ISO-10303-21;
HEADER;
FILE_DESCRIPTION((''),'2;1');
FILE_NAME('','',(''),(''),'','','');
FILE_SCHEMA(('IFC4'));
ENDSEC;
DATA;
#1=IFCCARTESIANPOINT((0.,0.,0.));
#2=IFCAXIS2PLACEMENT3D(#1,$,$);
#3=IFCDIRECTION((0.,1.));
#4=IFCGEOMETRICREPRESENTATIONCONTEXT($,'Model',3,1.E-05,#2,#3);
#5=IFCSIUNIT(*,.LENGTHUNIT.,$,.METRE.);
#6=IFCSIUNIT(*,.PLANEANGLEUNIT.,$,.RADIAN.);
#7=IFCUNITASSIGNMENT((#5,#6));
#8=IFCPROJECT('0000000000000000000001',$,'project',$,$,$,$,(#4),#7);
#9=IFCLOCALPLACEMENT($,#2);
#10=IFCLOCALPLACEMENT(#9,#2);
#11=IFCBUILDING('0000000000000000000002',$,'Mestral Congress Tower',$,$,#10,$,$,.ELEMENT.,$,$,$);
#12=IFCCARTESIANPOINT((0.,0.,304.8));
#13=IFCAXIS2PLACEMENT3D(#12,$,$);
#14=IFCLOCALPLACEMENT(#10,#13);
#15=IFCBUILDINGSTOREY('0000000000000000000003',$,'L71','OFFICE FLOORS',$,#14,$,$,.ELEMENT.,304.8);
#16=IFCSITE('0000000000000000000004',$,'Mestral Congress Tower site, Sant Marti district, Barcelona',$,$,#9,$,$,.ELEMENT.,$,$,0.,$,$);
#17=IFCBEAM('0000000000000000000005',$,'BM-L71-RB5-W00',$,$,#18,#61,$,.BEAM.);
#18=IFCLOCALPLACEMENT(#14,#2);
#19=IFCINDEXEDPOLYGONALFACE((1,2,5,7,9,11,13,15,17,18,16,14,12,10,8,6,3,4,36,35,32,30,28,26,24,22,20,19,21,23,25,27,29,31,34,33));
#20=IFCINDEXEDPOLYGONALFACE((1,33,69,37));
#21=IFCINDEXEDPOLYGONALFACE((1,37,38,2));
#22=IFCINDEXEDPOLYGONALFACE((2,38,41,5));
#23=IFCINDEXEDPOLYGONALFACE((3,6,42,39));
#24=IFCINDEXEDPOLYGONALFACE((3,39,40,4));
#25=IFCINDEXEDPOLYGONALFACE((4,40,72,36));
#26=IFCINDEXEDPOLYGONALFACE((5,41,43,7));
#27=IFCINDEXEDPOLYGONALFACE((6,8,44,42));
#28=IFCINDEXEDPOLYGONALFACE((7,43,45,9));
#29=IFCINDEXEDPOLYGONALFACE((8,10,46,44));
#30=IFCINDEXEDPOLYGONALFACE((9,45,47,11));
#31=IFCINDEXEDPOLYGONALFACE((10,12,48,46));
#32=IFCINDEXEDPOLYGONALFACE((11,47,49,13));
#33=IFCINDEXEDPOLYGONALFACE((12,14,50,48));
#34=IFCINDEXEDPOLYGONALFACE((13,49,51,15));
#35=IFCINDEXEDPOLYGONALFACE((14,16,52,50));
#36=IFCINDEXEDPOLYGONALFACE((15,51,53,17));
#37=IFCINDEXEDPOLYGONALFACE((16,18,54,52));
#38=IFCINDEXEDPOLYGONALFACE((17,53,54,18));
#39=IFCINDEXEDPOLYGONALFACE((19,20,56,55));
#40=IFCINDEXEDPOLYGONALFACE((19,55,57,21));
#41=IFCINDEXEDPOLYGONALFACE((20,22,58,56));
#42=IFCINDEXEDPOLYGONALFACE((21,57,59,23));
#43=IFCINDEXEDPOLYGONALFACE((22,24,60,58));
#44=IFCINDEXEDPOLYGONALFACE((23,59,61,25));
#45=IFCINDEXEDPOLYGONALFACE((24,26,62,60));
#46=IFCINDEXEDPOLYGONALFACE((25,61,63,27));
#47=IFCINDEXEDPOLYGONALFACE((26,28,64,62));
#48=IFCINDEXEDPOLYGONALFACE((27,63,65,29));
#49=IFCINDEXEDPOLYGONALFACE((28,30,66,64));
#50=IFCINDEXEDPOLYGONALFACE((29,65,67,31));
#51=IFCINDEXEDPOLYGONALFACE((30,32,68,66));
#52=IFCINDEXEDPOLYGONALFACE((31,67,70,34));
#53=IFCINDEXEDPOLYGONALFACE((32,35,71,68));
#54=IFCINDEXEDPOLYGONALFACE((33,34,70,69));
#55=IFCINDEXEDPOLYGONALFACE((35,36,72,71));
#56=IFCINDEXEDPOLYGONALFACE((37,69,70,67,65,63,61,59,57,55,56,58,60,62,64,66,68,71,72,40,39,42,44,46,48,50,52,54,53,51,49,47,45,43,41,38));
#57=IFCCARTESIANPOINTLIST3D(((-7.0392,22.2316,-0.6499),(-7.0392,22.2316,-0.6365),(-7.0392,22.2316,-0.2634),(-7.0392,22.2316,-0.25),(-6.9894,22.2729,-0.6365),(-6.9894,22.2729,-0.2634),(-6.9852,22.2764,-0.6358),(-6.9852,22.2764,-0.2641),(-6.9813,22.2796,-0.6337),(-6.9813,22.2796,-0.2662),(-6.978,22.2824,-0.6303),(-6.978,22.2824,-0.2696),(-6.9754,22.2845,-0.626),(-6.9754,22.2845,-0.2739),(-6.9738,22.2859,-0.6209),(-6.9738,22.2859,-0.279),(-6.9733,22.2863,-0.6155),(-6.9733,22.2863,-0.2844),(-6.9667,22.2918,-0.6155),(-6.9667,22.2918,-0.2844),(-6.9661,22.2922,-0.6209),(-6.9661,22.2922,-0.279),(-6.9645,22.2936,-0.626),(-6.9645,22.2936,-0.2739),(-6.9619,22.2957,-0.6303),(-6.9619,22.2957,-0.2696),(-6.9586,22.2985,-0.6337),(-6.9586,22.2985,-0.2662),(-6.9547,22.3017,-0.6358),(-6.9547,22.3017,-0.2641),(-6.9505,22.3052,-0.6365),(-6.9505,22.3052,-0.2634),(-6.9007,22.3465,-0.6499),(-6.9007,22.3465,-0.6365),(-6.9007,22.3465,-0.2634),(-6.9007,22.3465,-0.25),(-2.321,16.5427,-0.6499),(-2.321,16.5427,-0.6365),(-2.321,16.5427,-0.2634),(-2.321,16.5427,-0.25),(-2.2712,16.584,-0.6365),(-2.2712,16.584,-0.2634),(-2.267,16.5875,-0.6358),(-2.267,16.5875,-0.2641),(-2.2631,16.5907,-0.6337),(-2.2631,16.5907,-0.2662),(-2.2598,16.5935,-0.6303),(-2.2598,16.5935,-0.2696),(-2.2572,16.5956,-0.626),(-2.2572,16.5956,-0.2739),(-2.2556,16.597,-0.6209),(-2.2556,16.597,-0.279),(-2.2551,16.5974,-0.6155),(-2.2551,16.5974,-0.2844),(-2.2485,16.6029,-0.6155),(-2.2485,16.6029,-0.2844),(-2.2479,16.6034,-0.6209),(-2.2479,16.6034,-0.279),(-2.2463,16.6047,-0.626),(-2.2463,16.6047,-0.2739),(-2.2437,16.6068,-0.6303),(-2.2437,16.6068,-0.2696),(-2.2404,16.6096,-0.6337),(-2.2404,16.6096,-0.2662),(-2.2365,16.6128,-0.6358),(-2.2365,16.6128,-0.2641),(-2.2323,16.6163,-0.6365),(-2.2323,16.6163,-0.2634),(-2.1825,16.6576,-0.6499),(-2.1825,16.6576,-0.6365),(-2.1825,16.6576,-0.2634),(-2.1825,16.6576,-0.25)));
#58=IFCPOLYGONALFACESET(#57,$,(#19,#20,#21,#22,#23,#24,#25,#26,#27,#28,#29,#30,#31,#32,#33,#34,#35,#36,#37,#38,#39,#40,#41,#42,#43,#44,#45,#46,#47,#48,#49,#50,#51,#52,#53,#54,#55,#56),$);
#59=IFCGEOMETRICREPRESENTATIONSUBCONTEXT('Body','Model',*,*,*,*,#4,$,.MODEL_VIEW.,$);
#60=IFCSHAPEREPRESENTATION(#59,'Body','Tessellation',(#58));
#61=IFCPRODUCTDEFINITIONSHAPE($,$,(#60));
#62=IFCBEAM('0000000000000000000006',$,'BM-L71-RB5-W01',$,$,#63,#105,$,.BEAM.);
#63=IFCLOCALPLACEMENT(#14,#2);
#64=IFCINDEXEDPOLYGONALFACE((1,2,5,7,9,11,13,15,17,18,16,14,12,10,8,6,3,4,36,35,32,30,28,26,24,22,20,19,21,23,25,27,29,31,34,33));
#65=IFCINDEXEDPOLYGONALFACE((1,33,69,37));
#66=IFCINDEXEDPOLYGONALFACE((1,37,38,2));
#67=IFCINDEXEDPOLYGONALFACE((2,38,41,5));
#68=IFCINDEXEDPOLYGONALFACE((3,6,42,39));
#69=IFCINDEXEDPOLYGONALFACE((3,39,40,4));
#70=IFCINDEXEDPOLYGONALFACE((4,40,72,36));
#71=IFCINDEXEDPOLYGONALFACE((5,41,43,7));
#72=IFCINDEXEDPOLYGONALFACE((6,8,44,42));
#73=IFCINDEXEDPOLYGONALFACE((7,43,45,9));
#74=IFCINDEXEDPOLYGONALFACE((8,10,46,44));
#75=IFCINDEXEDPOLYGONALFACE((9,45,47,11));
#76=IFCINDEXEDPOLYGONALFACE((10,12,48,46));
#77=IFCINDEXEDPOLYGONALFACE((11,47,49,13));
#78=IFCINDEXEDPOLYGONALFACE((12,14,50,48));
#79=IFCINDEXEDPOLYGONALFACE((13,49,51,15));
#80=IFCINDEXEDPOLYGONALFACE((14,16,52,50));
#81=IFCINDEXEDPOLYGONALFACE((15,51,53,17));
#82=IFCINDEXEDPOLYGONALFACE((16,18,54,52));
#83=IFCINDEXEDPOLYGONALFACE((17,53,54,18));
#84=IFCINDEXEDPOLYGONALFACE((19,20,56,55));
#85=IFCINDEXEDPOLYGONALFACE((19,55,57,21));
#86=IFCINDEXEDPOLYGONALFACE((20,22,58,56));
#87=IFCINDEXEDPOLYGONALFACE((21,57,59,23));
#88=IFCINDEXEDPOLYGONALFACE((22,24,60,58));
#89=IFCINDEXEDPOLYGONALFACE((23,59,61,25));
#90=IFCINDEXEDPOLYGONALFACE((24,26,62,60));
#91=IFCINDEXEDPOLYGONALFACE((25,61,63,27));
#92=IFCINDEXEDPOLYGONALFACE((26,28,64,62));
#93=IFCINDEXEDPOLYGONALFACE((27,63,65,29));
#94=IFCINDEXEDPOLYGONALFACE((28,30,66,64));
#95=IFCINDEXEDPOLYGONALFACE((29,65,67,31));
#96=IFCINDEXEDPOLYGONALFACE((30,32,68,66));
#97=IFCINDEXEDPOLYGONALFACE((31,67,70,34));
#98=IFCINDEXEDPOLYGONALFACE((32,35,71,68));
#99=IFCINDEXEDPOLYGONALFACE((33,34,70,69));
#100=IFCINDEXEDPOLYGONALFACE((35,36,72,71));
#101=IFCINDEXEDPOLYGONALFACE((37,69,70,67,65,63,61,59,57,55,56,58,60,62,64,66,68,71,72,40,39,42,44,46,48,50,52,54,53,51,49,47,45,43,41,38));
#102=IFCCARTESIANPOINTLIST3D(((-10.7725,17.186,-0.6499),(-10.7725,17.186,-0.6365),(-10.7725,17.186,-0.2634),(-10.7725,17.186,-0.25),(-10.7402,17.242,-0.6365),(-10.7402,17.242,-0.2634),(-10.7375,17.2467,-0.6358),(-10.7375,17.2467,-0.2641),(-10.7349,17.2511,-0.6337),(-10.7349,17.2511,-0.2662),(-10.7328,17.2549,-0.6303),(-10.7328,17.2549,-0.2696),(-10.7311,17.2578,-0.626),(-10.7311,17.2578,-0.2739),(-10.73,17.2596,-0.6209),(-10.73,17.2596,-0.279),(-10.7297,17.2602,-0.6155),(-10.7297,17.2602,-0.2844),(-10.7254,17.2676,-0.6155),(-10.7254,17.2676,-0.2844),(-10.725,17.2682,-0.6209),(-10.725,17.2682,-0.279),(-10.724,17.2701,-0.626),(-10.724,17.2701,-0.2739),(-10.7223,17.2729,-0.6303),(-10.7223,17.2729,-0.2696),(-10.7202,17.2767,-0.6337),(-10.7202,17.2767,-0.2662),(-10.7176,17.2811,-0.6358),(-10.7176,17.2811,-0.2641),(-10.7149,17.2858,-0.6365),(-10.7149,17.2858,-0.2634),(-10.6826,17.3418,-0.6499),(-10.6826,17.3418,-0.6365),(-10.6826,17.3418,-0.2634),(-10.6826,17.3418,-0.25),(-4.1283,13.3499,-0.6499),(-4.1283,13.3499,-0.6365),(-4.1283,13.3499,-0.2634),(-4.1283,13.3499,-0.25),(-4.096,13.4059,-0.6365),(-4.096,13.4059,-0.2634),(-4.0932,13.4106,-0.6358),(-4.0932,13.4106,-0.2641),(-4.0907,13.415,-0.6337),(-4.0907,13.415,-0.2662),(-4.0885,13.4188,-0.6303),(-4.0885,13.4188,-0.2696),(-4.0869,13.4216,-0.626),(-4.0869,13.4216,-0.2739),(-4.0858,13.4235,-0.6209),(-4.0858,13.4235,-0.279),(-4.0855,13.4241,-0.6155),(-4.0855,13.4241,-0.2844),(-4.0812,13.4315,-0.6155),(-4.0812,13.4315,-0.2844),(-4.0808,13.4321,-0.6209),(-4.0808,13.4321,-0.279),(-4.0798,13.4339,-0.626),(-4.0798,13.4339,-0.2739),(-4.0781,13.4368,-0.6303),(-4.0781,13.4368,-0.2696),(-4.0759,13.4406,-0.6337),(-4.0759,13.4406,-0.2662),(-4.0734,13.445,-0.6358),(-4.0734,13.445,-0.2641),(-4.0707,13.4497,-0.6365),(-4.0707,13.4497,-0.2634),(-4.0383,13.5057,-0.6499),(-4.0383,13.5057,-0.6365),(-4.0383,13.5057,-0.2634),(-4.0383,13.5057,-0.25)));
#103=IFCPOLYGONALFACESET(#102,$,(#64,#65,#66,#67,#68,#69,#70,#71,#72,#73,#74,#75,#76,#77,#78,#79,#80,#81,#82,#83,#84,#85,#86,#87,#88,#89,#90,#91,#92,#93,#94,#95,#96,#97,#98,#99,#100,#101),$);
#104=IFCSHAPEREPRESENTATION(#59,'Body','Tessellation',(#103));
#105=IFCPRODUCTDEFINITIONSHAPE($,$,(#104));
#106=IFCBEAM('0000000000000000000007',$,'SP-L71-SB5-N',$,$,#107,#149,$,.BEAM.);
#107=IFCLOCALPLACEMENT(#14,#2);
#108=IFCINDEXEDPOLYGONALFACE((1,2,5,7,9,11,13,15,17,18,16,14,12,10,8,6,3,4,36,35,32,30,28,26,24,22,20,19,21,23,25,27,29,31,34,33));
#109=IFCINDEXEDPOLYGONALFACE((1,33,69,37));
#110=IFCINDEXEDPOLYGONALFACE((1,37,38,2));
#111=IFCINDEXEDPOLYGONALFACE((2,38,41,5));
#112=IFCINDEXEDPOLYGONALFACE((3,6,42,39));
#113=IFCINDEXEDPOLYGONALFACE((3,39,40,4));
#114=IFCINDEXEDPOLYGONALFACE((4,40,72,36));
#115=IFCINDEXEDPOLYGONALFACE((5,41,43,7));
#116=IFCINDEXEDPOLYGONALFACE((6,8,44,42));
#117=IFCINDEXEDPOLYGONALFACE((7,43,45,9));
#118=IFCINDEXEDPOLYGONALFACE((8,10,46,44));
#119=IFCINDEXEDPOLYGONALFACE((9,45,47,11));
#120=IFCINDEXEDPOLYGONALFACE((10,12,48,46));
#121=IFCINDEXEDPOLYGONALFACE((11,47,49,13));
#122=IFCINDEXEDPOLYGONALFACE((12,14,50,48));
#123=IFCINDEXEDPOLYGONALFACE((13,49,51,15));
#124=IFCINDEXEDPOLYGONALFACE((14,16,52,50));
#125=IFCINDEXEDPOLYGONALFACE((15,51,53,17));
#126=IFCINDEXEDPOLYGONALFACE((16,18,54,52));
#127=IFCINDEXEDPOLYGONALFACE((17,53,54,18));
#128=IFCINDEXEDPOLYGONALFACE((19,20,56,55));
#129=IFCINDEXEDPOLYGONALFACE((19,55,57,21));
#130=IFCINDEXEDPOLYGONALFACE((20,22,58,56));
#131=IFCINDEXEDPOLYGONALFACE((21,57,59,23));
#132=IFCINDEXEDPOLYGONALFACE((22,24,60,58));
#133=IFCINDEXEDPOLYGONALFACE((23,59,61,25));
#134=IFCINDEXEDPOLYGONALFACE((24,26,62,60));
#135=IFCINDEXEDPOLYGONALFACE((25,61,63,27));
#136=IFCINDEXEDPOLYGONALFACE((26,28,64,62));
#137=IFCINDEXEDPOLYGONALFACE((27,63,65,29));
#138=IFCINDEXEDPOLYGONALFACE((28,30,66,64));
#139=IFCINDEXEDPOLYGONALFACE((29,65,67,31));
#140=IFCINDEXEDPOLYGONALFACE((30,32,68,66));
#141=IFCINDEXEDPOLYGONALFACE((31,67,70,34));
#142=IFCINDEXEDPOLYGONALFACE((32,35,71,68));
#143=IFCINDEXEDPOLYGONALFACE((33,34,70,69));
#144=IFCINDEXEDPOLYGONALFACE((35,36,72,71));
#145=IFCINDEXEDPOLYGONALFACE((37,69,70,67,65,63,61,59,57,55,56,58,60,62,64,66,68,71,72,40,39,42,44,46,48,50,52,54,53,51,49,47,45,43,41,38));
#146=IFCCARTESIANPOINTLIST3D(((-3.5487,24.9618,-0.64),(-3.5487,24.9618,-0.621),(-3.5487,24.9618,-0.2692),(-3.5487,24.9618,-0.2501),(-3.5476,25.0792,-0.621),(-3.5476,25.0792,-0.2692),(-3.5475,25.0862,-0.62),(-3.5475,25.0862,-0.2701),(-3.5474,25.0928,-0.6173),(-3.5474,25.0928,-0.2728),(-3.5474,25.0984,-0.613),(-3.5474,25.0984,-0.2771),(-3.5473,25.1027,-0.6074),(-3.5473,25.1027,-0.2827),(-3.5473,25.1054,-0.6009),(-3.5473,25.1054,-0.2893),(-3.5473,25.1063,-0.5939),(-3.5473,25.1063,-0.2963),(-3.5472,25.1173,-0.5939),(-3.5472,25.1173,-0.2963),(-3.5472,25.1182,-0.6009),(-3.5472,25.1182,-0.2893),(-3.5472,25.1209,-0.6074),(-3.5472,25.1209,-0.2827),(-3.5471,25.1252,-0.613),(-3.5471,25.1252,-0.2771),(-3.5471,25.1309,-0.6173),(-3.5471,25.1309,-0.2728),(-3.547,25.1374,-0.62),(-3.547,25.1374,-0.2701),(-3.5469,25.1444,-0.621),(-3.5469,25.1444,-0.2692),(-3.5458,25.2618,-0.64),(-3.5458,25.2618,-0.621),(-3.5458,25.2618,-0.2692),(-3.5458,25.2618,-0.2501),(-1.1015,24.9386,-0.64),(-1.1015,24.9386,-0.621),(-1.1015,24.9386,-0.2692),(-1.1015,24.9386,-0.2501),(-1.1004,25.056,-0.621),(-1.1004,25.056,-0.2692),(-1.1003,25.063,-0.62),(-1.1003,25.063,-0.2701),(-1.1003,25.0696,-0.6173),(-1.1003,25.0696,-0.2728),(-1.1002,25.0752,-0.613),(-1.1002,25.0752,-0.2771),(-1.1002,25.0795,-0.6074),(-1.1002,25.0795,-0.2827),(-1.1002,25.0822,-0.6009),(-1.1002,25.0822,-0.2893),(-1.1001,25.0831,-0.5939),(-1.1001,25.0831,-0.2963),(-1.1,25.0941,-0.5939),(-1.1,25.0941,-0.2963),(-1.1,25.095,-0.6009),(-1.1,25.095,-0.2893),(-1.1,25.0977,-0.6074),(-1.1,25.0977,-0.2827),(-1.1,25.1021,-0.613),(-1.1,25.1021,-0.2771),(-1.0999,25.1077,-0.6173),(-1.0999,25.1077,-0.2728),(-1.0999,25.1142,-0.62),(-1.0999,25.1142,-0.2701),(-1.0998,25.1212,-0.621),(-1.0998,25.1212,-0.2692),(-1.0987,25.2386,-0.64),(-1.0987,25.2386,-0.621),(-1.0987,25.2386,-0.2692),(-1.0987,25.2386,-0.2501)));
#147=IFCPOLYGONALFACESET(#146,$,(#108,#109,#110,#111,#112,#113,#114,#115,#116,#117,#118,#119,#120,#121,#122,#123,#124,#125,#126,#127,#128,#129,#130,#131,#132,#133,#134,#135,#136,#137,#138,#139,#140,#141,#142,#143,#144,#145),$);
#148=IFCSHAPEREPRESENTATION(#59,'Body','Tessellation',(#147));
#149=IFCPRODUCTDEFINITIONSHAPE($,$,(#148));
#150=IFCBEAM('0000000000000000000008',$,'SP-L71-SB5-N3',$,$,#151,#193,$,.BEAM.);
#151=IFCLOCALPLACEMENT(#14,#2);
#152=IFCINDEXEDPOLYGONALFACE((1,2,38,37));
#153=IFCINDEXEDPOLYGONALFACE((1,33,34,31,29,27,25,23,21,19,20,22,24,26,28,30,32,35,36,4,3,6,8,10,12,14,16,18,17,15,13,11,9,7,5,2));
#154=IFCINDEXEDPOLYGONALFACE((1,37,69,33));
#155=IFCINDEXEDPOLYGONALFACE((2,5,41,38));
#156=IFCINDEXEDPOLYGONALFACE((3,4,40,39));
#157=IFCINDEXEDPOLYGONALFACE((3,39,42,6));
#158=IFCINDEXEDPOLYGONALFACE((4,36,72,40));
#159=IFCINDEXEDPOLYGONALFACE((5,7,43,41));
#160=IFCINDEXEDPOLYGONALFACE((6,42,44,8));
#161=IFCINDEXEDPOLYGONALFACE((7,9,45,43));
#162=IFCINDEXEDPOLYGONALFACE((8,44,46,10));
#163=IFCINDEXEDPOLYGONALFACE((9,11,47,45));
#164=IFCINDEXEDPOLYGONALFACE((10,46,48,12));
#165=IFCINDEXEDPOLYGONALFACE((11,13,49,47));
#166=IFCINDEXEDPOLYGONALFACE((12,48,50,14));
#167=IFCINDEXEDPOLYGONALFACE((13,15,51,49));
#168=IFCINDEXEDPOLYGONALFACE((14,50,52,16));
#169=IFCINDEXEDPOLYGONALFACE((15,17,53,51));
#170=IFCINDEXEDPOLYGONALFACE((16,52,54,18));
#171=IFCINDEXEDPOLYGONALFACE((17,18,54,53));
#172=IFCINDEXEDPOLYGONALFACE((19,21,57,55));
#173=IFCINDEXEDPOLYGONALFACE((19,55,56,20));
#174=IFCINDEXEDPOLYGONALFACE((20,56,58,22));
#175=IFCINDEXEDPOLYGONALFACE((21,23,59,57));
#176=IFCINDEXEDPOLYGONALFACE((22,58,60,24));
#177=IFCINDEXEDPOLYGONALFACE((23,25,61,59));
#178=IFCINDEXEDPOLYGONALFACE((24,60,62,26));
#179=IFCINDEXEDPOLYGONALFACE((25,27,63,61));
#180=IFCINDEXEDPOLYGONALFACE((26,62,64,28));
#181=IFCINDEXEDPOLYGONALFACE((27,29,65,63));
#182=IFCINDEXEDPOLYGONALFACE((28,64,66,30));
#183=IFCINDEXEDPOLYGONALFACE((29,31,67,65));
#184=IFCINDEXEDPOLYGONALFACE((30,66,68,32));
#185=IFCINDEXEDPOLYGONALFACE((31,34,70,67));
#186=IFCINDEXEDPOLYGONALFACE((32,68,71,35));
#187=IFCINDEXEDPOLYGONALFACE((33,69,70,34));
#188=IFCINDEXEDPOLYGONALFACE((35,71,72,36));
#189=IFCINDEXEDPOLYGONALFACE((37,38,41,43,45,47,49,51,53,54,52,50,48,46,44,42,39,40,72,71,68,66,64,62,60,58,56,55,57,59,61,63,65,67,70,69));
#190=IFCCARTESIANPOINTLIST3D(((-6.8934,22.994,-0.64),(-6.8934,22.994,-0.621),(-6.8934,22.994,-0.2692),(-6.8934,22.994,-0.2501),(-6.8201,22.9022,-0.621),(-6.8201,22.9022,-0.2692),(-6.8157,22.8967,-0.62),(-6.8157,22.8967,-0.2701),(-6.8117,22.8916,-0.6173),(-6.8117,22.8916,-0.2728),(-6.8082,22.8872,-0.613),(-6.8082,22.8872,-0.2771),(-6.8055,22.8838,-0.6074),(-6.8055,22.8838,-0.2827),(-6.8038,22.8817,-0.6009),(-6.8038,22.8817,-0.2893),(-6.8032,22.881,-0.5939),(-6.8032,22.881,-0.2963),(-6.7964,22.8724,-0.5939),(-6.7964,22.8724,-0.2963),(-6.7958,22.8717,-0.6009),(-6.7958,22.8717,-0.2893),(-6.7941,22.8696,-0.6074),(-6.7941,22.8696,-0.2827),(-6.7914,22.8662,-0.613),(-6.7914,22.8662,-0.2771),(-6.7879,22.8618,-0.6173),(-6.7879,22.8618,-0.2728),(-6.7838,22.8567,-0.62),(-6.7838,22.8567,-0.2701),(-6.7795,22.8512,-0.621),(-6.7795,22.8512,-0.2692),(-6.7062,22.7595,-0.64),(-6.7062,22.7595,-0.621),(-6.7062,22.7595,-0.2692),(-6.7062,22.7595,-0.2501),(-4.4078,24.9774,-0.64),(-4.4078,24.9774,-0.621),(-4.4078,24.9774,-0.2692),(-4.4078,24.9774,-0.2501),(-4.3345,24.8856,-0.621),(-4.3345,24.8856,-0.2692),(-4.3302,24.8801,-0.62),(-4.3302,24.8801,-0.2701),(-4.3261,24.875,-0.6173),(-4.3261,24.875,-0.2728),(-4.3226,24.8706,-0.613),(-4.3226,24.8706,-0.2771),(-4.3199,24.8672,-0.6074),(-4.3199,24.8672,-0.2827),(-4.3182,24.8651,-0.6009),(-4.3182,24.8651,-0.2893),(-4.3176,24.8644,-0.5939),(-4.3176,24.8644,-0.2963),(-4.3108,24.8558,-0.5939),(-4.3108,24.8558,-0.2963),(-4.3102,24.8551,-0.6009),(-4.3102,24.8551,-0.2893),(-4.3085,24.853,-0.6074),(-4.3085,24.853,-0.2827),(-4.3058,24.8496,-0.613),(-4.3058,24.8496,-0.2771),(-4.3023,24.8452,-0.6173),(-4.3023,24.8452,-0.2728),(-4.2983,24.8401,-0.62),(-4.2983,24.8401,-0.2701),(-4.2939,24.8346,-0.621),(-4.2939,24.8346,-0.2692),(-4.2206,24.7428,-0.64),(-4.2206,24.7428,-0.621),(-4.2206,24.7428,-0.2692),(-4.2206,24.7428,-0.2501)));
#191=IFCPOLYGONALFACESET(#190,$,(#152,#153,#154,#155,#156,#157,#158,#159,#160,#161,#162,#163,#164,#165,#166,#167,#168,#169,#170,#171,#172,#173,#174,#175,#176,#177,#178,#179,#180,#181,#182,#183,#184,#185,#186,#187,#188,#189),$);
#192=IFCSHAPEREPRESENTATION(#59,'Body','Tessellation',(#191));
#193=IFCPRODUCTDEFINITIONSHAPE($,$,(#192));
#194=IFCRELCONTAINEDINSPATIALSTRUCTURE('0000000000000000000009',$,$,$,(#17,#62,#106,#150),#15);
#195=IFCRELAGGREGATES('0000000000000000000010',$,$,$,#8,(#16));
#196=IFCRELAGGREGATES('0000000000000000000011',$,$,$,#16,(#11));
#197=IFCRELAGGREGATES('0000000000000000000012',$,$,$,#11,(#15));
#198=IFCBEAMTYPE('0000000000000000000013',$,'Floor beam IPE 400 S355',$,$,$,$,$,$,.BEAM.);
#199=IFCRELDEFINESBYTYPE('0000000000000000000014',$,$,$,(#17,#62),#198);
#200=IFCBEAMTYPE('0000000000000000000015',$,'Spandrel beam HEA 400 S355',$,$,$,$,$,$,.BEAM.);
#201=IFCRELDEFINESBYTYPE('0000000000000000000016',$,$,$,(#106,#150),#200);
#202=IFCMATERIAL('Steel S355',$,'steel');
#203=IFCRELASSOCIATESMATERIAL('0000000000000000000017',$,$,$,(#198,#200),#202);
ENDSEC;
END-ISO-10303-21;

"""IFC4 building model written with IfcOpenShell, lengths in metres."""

from ifc_helpers import new_model, si_unit, direction, frame, origin, origin_2d, place, context, subcontext, project, spatial, i_section, extrude, material, material_profile, profile_set, type_object, element, save


model = new_model("IFC4")

# Units and contexts
model_context = context("Model", 3, precision=1e-05, world=origin(), true_north=direction((0.0, 1.0)))
body_context = subcontext(model_context, "Body", "Model", "MODEL_VIEW")
ifc_project = project(units=[si_unit("LENGTHUNIT", "METRE"), si_unit("PLANEANGLEUNIT", "RADIAN")], contexts=[model_context])

# Site, building, storey
site_placement = place(None, origin())
site = spatial("IfcSite", under=ifc_project, at=site_placement, Name="Mestral Congress Tower site, Sant Marti district, Barcelona", CompositionType="ELEMENT", RefElevation=0.0)
building_placement = place(site_placement, origin())
building = spatial("IfcBuilding", under=site, at=building_placement, Name="Mestral Congress Tower", CompositionType="ELEMENT")
storey_placement = place(building_placement, frame((0.0, 0.0, 304.8)))
storey = spatial("IfcBuildingStorey", under=building, at=storey_placement, Name="L71", Description="OFFICE FLOORS", CompositionType="ELEMENT", Elevation=304.8)

# Beams
ifc_material_1 = material(Name="Steel S355", Category="steel")
ifc_material_profile_1 = material_profile(ifc_material_1, i_section(OverallWidth=0.1799, OverallDepth=0.3999, WebThickness=0.0085, FlangeThickness=0.0134, FilletRadius=0.021, at=origin_2d()), Name="IPE 400")
ifc_profile_set_1 = profile_set([ifc_material_profile_1], Name="Steel S355")
beam_type_1 = type_object("IfcBeamType", Name="Floor beam IPE 400 S355", PredefinedType="BEAM", material=ifc_profile_set_1)
beam_1_placement = place(storey_placement, frame((-6.97, 22.2891, -0.45), z_axis=(0.638383, -0.769719, 0.0), x_axis=(0.769719, 0.638383, 0.0)))
element("IfcBeam", 1, at=beam_1_placement, inside=storey, type_object=beam_type_1, Name="BM-L71-RB5-W00", PredefinedType="BEAM", context=body_context, shape_type="SweptSolid", body=[
    extrude(i_section(OverallWidth=0.1799, OverallDepth=0.3999, WebThickness=0.0085, FlangeThickness=0.0134, FilletRadius=0.021, at=origin_2d()), origin(), (0.0, 0.0, 1.0), 7.3909),
])
beam_2_placement = place(storey_placement, frame((-10.7275, 17.2639, -0.45), z_axis=(0.86602, -0.50001, 0.0), x_axis=(0.50001, 0.86602, 0.0)))
element("IfcBeam", 2, at=beam_2_placement, inside=storey, type_object=beam_type_1, Name="BM-L71-RB5-W01", PredefinedType="BEAM", context=body_context, shape_type="SweptSolid", body=[
    extrude(i_section(OverallWidth=0.1799, OverallDepth=0.3999, WebThickness=0.0085, FlangeThickness=0.0134, FilletRadius=0.021, at=origin_2d()), origin(), (0.0, 0.0, 1.0), 7.6721),
])
ifc_material_profile_2 = material_profile(ifc_material_1, i_section(OverallWidth=0.3, OverallDepth=0.3899, WebThickness=0.011, FlangeThickness=0.019, FilletRadius=0.0271, at=origin_2d()), Name="HEA 400")
ifc_profile_set_2 = profile_set([ifc_material_profile_2], Name="Steel S355")
beam_type_2 = type_object("IfcBeamType", Name="Spandrel beam HEA 400 S355", PredefinedType="BEAM", material=ifc_profile_set_2)
beam_3_placement = place(storey_placement, frame((-1.1001, 25.0886, -0.4451), z_axis=(-0.999955, 0.009477, 0.0), x_axis=(-0.009477, -0.999955, 0.0)))
element("IfcBeam", 3, at=beam_3_placement, inside=storey, type_object=beam_type_2, Name="SP-L71-SB5-N", PredefinedType="BEAM", context=body_context, shape_type="SweptSolid", body=[
    extrude(i_section(OverallWidth=0.3, OverallDepth=0.3899, WebThickness=0.011, FlangeThickness=0.019, FilletRadius=0.0271, at=origin_2d()), origin(), (0.0, 0.0, 1.0), 2.4473),
])
beam_4_placement = place(storey_placement, frame((-4.3142, 24.8601, -0.4451), z_axis=(-0.781647, -0.623721, 0.0), x_axis=(0.623721, -0.781647, 0.0)))
element("IfcBeam", 4, at=beam_4_placement, inside=storey, type_object=beam_type_2, Name="SP-L71-SB5-N3", PredefinedType="BEAM", context=body_context, shape_type="SweptSolid", body=[
    extrude(i_section(OverallWidth=0.3, OverallDepth=0.3899, WebThickness=0.011, FlangeThickness=0.019, FilletRadius=0.0271, at=origin_2d()), origin(), (0.0, 0.0, 1.0), 3.1799),
])

save(model, "model.ifc")
